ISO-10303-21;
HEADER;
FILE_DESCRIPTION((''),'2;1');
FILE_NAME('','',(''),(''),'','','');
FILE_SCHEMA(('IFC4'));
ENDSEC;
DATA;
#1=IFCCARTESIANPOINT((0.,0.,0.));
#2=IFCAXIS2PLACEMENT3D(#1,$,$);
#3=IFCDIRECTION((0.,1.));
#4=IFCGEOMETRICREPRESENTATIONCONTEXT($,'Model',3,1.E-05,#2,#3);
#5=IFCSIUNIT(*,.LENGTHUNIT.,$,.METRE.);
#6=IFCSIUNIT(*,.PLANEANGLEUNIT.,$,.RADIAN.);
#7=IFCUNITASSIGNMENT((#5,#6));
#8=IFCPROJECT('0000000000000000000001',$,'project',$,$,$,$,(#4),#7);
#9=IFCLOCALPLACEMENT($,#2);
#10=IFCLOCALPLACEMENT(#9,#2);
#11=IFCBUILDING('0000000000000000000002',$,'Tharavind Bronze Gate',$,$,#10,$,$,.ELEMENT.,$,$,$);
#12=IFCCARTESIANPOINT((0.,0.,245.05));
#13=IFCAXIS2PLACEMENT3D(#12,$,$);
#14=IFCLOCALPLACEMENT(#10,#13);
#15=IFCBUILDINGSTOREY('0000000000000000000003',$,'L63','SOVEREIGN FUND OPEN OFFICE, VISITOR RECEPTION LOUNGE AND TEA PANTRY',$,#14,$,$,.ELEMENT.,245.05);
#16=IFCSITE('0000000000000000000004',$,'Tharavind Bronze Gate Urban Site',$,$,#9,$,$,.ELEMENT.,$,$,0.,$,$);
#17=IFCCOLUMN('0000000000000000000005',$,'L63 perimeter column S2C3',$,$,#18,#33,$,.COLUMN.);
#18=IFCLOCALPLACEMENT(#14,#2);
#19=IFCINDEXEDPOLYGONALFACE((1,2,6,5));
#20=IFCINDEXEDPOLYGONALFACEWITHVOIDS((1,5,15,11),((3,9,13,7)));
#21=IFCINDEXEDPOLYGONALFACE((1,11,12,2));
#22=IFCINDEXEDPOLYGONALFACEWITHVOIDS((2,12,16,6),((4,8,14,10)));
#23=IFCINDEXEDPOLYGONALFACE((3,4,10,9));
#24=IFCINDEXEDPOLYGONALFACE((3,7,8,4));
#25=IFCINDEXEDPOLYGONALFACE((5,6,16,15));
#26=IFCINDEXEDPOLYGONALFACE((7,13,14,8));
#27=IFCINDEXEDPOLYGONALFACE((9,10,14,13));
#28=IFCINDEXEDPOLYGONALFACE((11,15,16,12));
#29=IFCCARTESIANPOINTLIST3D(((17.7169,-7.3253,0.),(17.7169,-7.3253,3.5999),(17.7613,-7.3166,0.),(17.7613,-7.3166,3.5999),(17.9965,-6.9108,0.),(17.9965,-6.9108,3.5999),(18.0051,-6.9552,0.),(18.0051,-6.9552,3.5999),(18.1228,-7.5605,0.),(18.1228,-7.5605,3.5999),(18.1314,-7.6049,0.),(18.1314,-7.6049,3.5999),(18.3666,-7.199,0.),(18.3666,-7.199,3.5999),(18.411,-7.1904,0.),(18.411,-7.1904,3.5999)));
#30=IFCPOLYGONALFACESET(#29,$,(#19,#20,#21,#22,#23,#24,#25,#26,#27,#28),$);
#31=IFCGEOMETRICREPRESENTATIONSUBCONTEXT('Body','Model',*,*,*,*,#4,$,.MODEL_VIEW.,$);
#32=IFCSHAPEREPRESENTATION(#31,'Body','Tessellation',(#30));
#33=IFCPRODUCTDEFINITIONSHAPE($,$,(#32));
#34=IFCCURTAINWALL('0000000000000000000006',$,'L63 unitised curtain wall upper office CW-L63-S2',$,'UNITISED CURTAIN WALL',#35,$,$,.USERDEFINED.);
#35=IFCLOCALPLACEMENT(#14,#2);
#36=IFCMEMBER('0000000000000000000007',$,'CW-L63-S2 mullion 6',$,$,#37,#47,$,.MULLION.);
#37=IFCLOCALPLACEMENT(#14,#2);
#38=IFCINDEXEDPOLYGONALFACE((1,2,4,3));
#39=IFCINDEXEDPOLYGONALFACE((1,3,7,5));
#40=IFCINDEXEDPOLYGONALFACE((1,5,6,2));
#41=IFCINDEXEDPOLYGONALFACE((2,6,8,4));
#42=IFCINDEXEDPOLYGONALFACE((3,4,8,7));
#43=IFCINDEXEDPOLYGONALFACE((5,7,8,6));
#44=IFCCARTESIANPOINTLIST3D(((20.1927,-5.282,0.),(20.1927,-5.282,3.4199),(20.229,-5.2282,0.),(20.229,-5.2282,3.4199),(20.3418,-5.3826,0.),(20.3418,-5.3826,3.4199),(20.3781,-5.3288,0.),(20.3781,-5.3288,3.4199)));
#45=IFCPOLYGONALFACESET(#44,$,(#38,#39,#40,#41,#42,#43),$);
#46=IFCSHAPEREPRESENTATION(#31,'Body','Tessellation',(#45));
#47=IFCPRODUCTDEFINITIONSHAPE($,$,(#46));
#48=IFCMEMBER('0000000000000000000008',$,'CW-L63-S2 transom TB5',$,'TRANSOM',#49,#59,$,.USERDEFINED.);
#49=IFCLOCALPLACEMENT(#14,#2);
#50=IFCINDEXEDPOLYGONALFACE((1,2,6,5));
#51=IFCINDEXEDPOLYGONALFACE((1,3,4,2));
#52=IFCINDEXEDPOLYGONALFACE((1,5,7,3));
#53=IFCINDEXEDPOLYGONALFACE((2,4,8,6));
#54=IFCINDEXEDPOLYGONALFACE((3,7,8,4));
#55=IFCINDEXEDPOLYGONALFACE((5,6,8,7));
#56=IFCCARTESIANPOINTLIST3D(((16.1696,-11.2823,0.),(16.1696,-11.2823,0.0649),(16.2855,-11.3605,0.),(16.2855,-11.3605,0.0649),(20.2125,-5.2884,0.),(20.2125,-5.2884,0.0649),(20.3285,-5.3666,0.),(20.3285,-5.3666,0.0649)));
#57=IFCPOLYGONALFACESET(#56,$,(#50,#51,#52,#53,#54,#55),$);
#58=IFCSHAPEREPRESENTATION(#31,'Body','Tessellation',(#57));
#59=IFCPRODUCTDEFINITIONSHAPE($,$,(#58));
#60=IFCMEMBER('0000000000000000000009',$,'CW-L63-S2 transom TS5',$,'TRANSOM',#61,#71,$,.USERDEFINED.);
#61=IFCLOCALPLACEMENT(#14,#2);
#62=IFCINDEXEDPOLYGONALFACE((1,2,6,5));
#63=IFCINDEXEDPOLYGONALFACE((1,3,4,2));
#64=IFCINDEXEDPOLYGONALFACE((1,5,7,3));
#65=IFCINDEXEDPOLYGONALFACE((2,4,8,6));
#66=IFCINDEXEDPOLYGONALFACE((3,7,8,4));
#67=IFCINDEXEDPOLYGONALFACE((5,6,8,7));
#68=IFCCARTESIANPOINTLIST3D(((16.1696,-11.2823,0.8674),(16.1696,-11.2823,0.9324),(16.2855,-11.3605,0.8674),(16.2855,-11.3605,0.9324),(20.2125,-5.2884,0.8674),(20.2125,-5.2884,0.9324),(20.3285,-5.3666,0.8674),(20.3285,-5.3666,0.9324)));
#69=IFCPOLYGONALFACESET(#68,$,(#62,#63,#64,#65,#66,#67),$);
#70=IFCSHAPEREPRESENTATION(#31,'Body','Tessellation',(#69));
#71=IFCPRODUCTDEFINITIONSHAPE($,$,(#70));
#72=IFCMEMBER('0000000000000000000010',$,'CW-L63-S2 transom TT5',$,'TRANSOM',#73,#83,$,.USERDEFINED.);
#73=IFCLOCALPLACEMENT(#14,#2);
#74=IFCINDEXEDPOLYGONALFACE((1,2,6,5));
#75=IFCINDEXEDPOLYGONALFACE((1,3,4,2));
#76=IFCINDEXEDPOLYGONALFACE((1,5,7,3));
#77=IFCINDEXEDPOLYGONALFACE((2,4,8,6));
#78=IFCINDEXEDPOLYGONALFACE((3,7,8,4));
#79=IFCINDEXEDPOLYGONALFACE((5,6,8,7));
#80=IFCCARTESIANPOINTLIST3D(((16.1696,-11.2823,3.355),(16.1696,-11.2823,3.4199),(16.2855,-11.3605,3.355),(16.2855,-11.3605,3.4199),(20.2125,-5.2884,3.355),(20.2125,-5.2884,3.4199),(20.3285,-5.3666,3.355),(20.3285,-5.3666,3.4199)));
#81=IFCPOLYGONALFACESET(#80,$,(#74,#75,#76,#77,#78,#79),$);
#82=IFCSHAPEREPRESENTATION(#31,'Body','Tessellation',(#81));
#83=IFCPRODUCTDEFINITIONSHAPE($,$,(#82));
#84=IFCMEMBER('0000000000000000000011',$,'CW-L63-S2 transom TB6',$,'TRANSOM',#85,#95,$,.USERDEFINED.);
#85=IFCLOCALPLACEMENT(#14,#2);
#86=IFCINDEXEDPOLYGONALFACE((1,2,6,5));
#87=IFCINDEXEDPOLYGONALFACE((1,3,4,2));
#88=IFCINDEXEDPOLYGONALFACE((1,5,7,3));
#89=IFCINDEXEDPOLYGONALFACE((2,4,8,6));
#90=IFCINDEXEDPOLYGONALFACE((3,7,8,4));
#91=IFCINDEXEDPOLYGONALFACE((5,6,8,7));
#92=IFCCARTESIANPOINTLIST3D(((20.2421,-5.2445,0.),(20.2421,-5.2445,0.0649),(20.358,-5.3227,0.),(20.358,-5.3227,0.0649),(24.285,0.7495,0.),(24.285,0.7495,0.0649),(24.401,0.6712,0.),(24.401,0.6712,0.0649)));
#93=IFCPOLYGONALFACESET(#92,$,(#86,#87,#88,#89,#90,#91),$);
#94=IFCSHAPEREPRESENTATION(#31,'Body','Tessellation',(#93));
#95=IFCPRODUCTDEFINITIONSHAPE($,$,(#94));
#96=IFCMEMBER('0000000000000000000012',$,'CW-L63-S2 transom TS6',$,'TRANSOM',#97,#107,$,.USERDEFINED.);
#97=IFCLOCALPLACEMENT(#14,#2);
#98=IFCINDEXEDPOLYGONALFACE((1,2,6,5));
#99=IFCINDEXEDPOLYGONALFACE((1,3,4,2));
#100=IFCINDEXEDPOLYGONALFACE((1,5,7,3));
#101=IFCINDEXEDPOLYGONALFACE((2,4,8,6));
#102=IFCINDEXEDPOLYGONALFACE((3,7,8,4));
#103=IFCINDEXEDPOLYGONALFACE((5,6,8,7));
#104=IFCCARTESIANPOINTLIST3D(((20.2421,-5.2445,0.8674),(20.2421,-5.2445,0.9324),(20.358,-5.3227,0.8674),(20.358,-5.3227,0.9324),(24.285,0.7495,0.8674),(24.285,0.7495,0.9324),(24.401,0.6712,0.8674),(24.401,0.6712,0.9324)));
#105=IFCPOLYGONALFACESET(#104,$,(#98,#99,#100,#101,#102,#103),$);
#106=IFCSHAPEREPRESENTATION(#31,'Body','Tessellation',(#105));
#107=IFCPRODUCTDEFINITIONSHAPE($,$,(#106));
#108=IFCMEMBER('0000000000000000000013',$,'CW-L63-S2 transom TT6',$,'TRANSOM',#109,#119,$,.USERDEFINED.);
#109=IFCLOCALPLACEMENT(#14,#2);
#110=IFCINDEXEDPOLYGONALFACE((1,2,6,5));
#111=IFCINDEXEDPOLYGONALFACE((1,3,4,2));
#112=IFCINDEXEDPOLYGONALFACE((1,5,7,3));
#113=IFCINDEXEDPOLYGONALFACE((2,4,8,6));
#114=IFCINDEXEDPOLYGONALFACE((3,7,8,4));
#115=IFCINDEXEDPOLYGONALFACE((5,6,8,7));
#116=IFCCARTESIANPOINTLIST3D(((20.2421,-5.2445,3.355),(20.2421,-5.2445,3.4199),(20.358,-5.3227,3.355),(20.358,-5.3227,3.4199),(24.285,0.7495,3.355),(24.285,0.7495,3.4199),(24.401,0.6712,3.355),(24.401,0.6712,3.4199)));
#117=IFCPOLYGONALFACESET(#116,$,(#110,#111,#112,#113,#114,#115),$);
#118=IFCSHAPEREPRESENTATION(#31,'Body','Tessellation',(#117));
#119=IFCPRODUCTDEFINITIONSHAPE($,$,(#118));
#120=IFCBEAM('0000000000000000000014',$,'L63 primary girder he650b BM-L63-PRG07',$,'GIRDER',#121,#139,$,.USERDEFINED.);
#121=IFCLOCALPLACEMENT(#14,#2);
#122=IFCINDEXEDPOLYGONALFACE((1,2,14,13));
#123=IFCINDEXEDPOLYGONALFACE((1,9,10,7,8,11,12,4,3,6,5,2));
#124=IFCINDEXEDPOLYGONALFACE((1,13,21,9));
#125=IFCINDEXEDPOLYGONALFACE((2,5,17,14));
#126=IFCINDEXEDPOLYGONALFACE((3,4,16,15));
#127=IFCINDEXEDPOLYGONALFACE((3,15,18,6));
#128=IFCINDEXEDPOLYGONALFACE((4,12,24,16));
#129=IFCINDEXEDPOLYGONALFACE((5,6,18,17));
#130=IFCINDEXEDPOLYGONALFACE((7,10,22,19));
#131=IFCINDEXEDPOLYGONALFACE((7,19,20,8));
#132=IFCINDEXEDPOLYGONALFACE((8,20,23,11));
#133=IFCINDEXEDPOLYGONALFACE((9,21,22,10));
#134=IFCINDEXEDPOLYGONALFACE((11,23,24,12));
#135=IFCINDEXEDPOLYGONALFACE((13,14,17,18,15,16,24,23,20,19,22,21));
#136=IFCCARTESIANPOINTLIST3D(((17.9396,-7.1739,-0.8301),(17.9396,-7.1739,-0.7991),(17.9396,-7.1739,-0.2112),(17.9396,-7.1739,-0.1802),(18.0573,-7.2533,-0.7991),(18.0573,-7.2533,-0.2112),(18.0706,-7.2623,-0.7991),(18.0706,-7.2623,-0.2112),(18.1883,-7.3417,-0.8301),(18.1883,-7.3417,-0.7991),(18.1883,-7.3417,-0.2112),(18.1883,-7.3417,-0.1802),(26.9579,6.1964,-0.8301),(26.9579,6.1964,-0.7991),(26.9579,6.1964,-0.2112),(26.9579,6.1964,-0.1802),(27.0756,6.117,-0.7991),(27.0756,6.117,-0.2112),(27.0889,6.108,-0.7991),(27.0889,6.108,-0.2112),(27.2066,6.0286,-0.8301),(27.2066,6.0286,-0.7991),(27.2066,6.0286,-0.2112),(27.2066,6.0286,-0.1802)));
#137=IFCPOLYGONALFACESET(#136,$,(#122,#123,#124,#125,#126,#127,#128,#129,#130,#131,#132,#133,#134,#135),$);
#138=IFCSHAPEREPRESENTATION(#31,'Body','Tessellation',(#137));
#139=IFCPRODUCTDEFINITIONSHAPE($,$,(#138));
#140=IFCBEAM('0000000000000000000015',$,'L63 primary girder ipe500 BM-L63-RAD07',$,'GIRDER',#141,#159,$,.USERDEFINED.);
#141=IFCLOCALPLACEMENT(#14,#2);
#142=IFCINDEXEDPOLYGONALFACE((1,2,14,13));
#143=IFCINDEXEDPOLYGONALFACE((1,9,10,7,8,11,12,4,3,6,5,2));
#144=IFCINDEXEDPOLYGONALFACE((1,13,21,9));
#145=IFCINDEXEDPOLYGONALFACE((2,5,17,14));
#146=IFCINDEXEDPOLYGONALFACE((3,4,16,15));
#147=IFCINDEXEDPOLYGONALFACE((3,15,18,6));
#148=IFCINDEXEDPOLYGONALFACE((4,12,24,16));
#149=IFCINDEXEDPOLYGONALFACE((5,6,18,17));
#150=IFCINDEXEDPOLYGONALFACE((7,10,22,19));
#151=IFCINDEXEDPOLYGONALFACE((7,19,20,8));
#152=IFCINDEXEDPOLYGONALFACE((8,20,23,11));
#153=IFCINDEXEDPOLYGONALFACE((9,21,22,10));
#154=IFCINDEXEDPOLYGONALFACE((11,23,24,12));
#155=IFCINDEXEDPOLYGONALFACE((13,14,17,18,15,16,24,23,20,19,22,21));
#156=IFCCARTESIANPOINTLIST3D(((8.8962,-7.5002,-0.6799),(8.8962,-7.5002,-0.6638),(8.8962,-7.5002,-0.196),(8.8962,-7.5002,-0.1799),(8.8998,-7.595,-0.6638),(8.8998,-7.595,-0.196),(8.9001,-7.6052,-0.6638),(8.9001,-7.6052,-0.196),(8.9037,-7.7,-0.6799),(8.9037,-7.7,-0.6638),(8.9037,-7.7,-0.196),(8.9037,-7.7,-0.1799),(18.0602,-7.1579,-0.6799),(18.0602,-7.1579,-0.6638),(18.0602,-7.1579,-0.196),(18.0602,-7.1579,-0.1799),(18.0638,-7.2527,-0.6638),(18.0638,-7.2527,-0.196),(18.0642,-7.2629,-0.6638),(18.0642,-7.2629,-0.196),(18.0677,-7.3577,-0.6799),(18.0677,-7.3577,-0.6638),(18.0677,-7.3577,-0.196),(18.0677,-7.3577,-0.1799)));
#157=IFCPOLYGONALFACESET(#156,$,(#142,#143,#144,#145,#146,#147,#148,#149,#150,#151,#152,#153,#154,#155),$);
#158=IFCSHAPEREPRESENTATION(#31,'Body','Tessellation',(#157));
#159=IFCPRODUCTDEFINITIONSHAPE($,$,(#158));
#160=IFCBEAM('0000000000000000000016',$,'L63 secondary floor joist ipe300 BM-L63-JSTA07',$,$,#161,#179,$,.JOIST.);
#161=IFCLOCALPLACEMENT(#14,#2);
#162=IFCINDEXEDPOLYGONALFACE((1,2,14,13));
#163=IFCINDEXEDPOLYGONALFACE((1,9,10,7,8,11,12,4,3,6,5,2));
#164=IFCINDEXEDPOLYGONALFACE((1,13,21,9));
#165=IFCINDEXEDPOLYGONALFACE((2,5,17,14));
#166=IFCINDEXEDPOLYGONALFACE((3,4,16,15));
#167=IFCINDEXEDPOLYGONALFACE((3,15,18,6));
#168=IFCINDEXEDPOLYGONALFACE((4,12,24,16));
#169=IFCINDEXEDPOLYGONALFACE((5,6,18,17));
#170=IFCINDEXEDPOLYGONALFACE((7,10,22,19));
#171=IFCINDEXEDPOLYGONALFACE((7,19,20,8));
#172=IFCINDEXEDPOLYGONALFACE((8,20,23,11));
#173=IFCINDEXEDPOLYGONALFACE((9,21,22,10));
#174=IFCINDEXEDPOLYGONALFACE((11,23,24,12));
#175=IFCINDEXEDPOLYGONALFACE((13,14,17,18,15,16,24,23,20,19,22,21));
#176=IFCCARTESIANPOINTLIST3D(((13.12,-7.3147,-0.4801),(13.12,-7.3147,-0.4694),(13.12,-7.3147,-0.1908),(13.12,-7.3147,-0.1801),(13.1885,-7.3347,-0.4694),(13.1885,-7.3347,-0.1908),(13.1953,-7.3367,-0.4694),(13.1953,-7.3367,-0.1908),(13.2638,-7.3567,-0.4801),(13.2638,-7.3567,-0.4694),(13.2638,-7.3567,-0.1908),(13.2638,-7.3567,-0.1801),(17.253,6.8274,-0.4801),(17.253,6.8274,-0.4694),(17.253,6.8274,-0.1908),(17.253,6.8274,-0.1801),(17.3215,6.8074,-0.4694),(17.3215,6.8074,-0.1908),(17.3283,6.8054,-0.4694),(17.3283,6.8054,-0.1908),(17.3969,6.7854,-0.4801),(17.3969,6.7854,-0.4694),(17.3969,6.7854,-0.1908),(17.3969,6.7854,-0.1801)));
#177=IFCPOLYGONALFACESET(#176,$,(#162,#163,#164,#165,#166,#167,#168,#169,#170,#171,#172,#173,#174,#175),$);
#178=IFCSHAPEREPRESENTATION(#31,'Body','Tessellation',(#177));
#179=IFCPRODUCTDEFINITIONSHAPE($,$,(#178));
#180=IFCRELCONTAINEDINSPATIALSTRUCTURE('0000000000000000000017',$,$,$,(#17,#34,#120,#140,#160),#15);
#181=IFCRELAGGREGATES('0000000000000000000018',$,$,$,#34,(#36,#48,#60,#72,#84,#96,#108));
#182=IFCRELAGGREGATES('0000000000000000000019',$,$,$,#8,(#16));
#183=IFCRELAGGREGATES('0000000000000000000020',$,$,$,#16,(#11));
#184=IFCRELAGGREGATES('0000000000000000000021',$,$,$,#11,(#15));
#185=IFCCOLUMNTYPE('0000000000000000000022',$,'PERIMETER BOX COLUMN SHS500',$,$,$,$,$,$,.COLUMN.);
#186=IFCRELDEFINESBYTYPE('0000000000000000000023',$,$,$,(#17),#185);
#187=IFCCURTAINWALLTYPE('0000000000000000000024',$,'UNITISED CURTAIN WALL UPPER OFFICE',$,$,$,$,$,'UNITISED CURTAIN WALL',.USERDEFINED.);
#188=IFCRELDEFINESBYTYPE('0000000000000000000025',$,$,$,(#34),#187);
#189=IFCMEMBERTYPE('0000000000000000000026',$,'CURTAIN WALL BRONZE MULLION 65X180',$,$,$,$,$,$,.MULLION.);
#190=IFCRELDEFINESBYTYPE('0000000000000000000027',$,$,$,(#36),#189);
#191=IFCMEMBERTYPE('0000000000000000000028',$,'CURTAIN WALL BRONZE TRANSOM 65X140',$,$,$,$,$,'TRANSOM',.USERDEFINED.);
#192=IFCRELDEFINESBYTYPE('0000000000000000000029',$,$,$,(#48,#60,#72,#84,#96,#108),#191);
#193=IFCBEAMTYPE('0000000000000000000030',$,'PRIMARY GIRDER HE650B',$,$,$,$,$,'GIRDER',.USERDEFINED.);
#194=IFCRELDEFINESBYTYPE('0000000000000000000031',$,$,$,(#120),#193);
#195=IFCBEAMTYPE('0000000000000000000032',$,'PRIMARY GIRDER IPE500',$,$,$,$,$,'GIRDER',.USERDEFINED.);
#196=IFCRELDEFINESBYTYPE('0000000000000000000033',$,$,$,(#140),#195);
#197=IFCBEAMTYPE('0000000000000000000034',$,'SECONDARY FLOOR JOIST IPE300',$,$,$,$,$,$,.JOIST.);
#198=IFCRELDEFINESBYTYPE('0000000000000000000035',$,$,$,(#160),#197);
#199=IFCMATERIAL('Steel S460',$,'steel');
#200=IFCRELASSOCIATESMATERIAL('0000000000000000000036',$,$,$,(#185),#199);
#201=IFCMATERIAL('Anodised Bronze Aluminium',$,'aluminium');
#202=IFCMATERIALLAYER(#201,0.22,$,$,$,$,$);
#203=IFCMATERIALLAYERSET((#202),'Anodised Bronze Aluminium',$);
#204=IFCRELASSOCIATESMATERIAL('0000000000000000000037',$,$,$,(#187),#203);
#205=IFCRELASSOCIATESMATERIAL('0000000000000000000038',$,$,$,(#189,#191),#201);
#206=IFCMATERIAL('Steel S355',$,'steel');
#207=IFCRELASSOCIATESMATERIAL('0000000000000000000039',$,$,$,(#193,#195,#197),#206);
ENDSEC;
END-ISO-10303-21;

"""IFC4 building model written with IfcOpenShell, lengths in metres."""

from ifc_helpers import new_model, si_unit, direction, frame, origin, origin_2d, place, context, subcontext, project, spatial, rectangle, hollow_rectangle, i_section, extrude, material, layer, layer_set, material_profile, profile_set, type_object, element, aggregate, save


model = new_model("IFC4")

# Units and contexts
model_context = context("Model", 3, precision=1e-05, world=origin(), true_north=direction((0.0, 1.0)))
body_context = subcontext(model_context, "Body", "Model", "MODEL_VIEW")
ifc_project = project(units=[si_unit("LENGTHUNIT", "METRE"), si_unit("PLANEANGLEUNIT", "RADIAN")], contexts=[model_context])

# Site, building, storey
site_placement = place(None, origin())
site = spatial("IfcSite", under=ifc_project, at=site_placement, Name="Tharavind Bronze Gate Urban Site", CompositionType="ELEMENT", RefElevation=0.0)
building_placement = place(site_placement, origin())
building = spatial("IfcBuilding", under=site, at=building_placement, Name="Tharavind Bronze Gate", CompositionType="ELEMENT")
storey_placement = place(building_placement, frame((0.0, 0.0, 245.05)))
storey = spatial("IfcBuildingStorey", under=building, at=storey_placement, Name="L63", Description="SOVEREIGN FUND OPEN OFFICE, VISITOR RECEPTION LOUNGE AND TEA PANTRY", CompositionType="ELEMENT", Elevation=245.05)

# Column
ifc_material_1 = material(Name="Steel S460", Category="steel")
ifc_material_profile_1 = material_profile(ifc_material_1, hollow_rectangle(XDim=0.5, YDim=0.5, WallThickness=0.032, at=origin_2d()), Name="SHS500X32")
ifc_profile_set_1 = profile_set([ifc_material_profile_1], Name="Steel S460")
column_type = type_object("IfcColumnType", Name="PERIMETER BOX COLUMN SHS500", PredefinedType="COLUMN", material=ifc_profile_set_1)
column_placement = place(storey_placement, frame((18.064, -7.2578, 0.0), z_axis=(0.0, 0.0, 1.0), x_axis=(0.559194, 0.829037, 0.0)))
element("IfcColumn", 1, at=column_placement, inside=storey, type_object=column_type, Name="L63 perimeter column S2C3", PredefinedType="COLUMN", context=body_context, shape_type="SweptSolid", body=[
    extrude(hollow_rectangle(XDim=0.5, YDim=0.5, WallThickness=0.032, at=origin_2d()), origin(), (0.0, 0.0, 1.0), 3.5999),
])

# Curtain wall, members
ifc_material_2 = material(Name="Anodised Bronze Aluminium", Category="aluminium")
ifc_layer_1 = layer(ifc_material_2, 0.22)
ifc_layer_set_1 = layer_set([ifc_layer_1], Name="Anodised Bronze Aluminium")
curtain_wall_type = type_object("IfcCurtainWallType", Name="UNITISED CURTAIN WALL UPPER OFFICE", ElementType="UNITISED CURTAIN WALL", PredefinedType="USERDEFINED", material=ifc_layer_set_1)
curtain_wall_placement = place(storey_placement, origin())
curtain_wall = element("IfcCurtainWall", 2, at=curtain_wall_placement, inside=storey, type_object=curtain_wall_type, Name="L63 unitised curtain wall upper office CW-L63-S2", ObjectType="UNITISED CURTAIN WALL", PredefinedType="USERDEFINED")
member_type_1 = type_object("IfcMemberType", Name="CURTAIN WALL BRONZE MULLION 65X180", PredefinedType="MULLION", material=ifc_material_2)
member_1_placement = place(storey_placement, frame((20.2854, -5.3054, 0.0), z_axis=(0.0, 0.0, 1.0), x_axis=(0.559193, 0.829038, 0.0)))
member_1 = element("IfcMember", 3, at=member_1_placement, type_object=member_type_1, Name="CW-L63-S2 mullion 6", PredefinedType="MULLION", context=body_context, shape_type="SweptSolid", body=[
    extrude(rectangle(XDim=0.0649, YDim=0.1799, at=origin_2d()), origin(), (0.0, 0.0, 1.0), 3.4199),
])
member_type_2 = type_object("IfcMemberType", Name="CURTAIN WALL BRONZE TRANSOM 65X140", ElementType="TRANSOM", PredefinedType="USERDEFINED", material=ifc_material_2)
member_2_placement = place(storey_placement, frame((18.249, -8.3245, 0.0), z_axis=(0.0, 0.0, 1.0), x_axis=(0.559193, 0.829038, 0.0)))
member_2 = element("IfcMember", 4, at=member_2_placement, type_object=member_type_2, Name="CW-L63-S2 transom TB5", ObjectType="TRANSOM", PredefinedType="USERDEFINED", context=body_context, shape_type="SweptSolid", body=[
    extrude(rectangle(XDim=7.23, YDim=0.1399, at=origin_2d()), origin(), (0.0, 0.0, 1.0), 0.0649),
])
member_3_placement = place(storey_placement, frame((18.249, -8.3245, 0.8674), z_axis=(0.0, 0.0, 1.0), x_axis=(0.559193, 0.829038, 0.0)))
member_3 = element("IfcMember", 5, at=member_3_placement, type_object=member_type_2, Name="CW-L63-S2 transom TS5", ObjectType="TRANSOM", PredefinedType="USERDEFINED", context=body_context, shape_type="SweptSolid", body=[
    extrude(rectangle(XDim=7.23, YDim=0.1399, at=origin_2d()), origin(), (0.0, 0.0, 1.0), 0.0649),
])
member_4_placement = place(storey_placement, frame((18.249, -8.3245, 3.355), z_axis=(0.0, 0.0, 1.0), x_axis=(0.559193, 0.829038, 0.0)))
member_4 = element("IfcMember", 6, at=member_4_placement, type_object=member_type_2, Name="CW-L63-S2 transom TT5", ObjectType="TRANSOM", PredefinedType="USERDEFINED", context=body_context, shape_type="SweptSolid", body=[
    extrude(rectangle(XDim=7.23, YDim=0.1399, at=origin_2d()), origin(), (0.0, 0.0, 1.0), 0.0649),
])
member_5_placement = place(storey_placement, frame((22.3215, -2.2866, 0.0), z_axis=(0.0, 0.0, 1.0), x_axis=(0.559193, 0.829038, 0.0)))
member_5 = element("IfcMember", 7, at=member_5_placement, type_object=member_type_2, Name="CW-L63-S2 transom TB6", ObjectType="TRANSOM", PredefinedType="USERDEFINED", context=body_context, shape_type="SweptSolid", body=[
    extrude(rectangle(XDim=7.23, YDim=0.1399, at=origin_2d()), origin(), (0.0, 0.0, 1.0), 0.0649),
])
member_6_placement = place(storey_placement, frame((22.3215, -2.2866, 0.8674), z_axis=(0.0, 0.0, 1.0), x_axis=(0.559193, 0.829038, 0.0)))
member_6 = element("IfcMember", 8, at=member_6_placement, type_object=member_type_2, Name="CW-L63-S2 transom TS6", ObjectType="TRANSOM", PredefinedType="USERDEFINED", context=body_context, shape_type="SweptSolid", body=[
    extrude(rectangle(XDim=7.23, YDim=0.1399, at=origin_2d()), origin(), (0.0, 0.0, 1.0), 0.0649),
])
member_7_placement = place(storey_placement, frame((22.3215, -2.2866, 3.355), z_axis=(0.0, 0.0, 1.0), x_axis=(0.559193, 0.829038, 0.0)))
member_7 = element("IfcMember", 9, at=member_7_placement, type_object=member_type_2, Name="CW-L63-S2 transom TT6", ObjectType="TRANSOM", PredefinedType="USERDEFINED", context=body_context, shape_type="SweptSolid", body=[
    extrude(rectangle(XDim=7.23, YDim=0.1399, at=origin_2d()), origin(), (0.0, 0.0, 1.0), 0.0649),
])

# Beams
ifc_material_3 = material(Name="Steel S355", Category="steel")
ifc_material_profile_2 = material_profile(ifc_material_3, i_section(OverallWidth=0.3, OverallDepth=0.6499, WebThickness=0.0161, FlangeThickness=0.031, at=origin_2d()), Name="HE650B")
ifc_profile_set_2 = profile_set([ifc_material_profile_2], Name="Steel S355")
beam_type_1 = type_object("IfcBeamType", Name="PRIMARY GIRDER HE650B", ElementType="GIRDER", PredefinedType="USERDEFINED", material=ifc_profile_set_2)
beam_1_placement = place(storey_placement, frame((18.064, -7.2578, -0.5051), z_axis=(0.559188, 0.829041, 0.0), x_axis=(-0.829041, 0.559188, 0.0)))
element("IfcBeam", 10, at=beam_1_placement, inside=storey, type_object=beam_type_1, Name="L63 primary girder he650b BM-L63-PRG07", ObjectType="GIRDER", PredefinedType="USERDEFINED", context=body_context, shape_type="SweptSolid", body=[
    extrude(i_section(OverallWidth=0.3, OverallDepth=0.6499, WebThickness=0.0161, FlangeThickness=0.031, at=origin_2d()), origin(), (0.0, 0.0, 1.0), 16.1274),
])
ifc_material_profile_3 = material_profile(ifc_material_3, i_section(OverallWidth=0.2, OverallDepth=0.5, WebThickness=0.0103, FlangeThickness=0.0161, at=origin_2d()), Name="IPE500")
ifc_profile_set_3 = profile_set([ifc_material_profile_3], Name="Steel S355")
beam_type_2 = type_object("IfcBeamType", Name="PRIMARY GIRDER IPE500", ElementType="GIRDER", PredefinedType="USERDEFINED", material=ifc_profile_set_3)
beam_2_placement = place(storey_placement, frame((18.064, -7.2578, -0.4299), z_axis=(-0.999303, -0.037325, 0.0), x_axis=(0.037325, -0.999303, 0.0)))
element("IfcBeam", 11, at=beam_2_placement, inside=storey, type_object=beam_type_2, Name="L63 primary girder ipe500 BM-L63-RAD07", ObjectType="GIRDER", PredefinedType="USERDEFINED", context=body_context, shape_type="SweptSolid", body=[
    extrude(i_section(OverallWidth=0.2, OverallDepth=0.5, WebThickness=0.0103, FlangeThickness=0.0161, at=origin_2d()), origin(), (0.0, 0.0, 1.0), 9.1704),
])
ifc_material_profile_4 = material_profile(ifc_material_3, i_section(OverallWidth=0.1499, OverallDepth=0.3, WebThickness=0.0071, FlangeThickness=0.0107, at=origin_2d()), Name="IPE300")
ifc_profile_set_4 = profile_set([ifc_material_profile_4], Name="Steel S355")
beam_type_3 = type_object("IfcBeamType", Name="SECONDARY FLOOR JOIST IPE300", PredefinedType="JOIST", material=ifc_profile_set_4)
beam_3_placement = place(storey_placement, frame((13.1919, -7.3357, -0.3301), z_axis=(0.280518, 0.959849, 0.0), x_axis=(-0.959849, 0.280518, 0.0)))
element("IfcBeam", 12, at=beam_3_placement, inside=storey, type_object=beam_type_3, Name="L63 secondary floor joist ipe300 BM-L63-JSTA07", PredefinedType="JOIST", context=body_context, shape_type="SweptSolid", body=[
    extrude(i_section(OverallWidth=0.1499, OverallDepth=0.3, WebThickness=0.0071, FlangeThickness=0.0107, at=origin_2d()), origin(), (0.0, 0.0, 1.0), 14.7336),
])

aggregate(curtain_wall, [member_1, member_2, member_3, member_4, member_5, member_6, member_7])

save(model, "model.ifc")
